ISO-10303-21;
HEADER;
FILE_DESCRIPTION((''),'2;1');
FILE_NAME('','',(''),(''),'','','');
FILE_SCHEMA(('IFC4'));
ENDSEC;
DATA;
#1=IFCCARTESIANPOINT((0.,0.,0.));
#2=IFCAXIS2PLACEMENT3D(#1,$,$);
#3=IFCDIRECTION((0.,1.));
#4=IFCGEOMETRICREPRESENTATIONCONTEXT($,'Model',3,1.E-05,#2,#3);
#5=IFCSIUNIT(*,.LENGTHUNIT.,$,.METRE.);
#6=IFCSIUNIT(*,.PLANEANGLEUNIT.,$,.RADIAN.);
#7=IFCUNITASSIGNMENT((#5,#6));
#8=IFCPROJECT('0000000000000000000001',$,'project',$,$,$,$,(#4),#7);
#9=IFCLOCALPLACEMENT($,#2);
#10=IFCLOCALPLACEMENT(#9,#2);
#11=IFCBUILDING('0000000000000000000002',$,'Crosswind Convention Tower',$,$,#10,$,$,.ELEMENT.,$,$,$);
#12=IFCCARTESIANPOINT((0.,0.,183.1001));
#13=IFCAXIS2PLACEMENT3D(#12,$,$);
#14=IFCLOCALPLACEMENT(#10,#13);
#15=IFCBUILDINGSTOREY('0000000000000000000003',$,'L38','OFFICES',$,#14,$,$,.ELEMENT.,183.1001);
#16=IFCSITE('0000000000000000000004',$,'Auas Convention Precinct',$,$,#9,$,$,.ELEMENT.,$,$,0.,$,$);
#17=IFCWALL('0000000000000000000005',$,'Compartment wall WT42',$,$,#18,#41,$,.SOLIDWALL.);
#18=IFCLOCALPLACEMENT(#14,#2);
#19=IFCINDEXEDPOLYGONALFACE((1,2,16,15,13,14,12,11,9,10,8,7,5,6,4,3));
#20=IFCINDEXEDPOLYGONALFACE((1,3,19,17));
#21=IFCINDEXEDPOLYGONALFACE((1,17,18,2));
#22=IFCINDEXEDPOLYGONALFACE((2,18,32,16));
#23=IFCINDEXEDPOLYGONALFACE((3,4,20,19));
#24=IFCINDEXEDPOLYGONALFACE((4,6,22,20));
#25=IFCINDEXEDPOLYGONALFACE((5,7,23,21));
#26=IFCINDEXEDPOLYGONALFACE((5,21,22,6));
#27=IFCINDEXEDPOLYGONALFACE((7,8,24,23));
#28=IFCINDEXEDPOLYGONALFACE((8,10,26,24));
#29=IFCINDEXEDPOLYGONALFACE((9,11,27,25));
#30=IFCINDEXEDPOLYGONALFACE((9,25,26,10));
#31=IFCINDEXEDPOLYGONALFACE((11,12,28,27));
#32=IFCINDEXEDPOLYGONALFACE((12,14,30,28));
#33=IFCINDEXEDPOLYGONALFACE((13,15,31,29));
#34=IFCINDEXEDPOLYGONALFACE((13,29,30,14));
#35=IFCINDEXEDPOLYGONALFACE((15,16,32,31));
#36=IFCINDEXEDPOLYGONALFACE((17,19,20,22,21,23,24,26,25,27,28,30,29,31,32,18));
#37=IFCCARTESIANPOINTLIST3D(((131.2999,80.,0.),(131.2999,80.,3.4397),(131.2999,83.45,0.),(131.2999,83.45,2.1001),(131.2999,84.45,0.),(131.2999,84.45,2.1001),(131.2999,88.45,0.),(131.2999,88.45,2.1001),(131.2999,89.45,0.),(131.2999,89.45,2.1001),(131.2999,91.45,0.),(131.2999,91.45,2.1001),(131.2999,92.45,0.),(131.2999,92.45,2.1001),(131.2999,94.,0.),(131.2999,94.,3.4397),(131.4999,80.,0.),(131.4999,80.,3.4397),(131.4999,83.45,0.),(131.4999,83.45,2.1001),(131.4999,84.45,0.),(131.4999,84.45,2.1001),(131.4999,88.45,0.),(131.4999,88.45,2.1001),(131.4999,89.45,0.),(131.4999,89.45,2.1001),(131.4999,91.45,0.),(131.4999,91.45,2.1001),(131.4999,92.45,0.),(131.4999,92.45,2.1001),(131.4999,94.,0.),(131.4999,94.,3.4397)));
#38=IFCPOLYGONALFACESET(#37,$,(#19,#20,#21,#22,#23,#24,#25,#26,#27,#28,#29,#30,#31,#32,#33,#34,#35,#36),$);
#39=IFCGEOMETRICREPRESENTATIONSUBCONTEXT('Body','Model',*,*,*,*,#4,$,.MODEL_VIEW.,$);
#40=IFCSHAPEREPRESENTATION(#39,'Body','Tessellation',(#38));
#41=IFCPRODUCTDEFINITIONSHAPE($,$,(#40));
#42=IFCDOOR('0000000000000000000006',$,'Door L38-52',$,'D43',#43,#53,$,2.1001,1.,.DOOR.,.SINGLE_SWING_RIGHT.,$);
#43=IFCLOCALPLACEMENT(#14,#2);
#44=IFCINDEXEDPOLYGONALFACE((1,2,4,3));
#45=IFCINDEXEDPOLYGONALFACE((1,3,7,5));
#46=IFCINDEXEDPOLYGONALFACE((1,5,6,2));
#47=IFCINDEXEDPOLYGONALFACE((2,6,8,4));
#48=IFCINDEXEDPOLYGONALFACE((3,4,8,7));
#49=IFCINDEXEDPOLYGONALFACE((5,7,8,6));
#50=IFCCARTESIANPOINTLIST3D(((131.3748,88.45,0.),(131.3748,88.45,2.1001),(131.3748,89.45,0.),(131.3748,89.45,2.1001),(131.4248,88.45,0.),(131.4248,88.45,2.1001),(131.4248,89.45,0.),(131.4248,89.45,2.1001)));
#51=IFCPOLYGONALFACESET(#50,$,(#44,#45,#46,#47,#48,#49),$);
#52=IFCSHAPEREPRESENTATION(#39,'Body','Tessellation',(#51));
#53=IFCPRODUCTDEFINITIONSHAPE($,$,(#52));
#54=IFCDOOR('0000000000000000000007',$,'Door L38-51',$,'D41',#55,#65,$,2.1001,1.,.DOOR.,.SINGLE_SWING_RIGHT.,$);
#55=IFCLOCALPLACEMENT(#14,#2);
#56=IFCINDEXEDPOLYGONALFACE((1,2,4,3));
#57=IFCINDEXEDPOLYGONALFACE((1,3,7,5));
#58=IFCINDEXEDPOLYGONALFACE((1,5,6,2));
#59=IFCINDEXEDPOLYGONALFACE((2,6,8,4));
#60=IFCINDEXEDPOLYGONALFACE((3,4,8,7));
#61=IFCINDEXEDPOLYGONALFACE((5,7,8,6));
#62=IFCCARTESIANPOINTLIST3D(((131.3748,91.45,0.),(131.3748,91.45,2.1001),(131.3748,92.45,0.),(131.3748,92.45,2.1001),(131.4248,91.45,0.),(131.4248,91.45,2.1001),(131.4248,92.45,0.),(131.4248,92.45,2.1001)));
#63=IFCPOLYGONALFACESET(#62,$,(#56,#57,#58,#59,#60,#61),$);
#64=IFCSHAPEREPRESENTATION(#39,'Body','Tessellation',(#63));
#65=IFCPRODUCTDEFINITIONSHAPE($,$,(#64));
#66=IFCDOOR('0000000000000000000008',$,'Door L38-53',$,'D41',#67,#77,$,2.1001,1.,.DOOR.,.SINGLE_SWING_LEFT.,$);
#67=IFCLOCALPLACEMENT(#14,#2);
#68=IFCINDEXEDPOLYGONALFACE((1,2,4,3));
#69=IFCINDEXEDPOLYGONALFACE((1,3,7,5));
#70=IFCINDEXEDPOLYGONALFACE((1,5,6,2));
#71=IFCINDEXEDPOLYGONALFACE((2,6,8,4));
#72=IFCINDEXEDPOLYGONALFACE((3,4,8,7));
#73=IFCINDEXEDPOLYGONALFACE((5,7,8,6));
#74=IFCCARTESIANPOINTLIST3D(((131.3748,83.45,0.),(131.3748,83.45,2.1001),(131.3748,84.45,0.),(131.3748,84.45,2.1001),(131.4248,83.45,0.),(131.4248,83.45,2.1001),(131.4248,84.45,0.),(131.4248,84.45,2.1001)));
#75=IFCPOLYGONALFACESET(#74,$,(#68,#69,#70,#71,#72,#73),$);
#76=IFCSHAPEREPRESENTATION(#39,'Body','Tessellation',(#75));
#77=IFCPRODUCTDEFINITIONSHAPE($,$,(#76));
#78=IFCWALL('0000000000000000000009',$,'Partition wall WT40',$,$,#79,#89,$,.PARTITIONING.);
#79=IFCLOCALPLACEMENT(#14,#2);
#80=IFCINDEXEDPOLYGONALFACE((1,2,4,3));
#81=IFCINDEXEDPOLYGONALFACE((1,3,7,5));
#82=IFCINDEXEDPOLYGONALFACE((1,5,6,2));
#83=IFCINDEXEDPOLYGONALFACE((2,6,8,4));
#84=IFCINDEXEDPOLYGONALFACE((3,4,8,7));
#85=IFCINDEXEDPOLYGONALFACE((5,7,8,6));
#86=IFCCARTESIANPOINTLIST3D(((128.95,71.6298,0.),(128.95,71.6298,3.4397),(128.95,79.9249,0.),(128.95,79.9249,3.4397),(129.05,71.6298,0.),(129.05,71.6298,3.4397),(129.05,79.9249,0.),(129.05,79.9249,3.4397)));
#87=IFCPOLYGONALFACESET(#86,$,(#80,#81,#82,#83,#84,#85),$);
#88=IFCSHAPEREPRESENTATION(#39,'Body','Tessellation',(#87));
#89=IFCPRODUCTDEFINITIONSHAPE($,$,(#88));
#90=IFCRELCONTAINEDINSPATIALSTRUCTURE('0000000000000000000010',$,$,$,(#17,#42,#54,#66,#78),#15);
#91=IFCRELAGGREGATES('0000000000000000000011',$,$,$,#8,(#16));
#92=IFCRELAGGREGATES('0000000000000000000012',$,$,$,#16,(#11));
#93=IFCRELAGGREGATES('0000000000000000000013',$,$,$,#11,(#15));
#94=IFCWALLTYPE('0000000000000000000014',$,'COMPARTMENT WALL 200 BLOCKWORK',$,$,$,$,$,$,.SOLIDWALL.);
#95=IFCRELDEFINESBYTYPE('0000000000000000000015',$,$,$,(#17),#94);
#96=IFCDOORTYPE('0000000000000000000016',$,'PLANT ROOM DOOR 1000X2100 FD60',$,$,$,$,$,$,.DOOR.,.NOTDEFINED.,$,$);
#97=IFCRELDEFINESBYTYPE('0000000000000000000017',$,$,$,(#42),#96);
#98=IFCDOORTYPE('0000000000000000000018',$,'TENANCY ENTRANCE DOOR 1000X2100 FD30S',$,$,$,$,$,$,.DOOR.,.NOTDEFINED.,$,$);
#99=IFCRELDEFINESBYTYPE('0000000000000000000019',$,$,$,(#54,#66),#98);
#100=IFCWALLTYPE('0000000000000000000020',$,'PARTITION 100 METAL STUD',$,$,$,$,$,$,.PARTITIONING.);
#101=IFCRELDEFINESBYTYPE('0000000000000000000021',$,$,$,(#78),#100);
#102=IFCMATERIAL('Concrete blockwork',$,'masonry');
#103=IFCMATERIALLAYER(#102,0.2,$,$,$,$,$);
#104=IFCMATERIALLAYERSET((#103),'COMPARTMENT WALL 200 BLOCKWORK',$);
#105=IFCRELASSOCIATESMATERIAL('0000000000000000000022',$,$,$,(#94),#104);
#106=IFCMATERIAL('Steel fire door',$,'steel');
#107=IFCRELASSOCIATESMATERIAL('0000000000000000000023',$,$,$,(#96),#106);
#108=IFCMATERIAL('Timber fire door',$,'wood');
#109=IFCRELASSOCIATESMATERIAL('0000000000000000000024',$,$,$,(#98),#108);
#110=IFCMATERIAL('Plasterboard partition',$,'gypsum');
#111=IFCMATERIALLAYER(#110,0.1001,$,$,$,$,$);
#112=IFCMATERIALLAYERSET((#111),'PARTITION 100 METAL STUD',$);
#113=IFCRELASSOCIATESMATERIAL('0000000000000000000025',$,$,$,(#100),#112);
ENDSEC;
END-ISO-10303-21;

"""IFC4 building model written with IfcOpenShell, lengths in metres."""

from ifc_helpers import new_model, si_unit, direction, frame, frame_2d, origin, place, context, subcontext, project, spatial, rectangle, extrude, material, layer, layer_set, type_object, element, fill, save


model = new_model("IFC4")

# Units and contexts
model_context = context("Model", 3, precision=1e-05, world=origin(), true_north=direction((0.0, 1.0)))
body_context = subcontext(model_context, "Body", "Model", "MODEL_VIEW")
ifc_project = project(units=[si_unit("LENGTHUNIT", "METRE"), si_unit("PLANEANGLEUNIT", "RADIAN")], contexts=[model_context])

# Site, building, storey
site_placement = place(None, origin())
site = spatial("IfcSite", under=ifc_project, at=site_placement, Name="Auas Convention Precinct", CompositionType="ELEMENT", RefElevation=0.0)
building_placement = place(site_placement, origin())
building = spatial("IfcBuilding", under=site, at=building_placement, Name="Crosswind Convention Tower", CompositionType="ELEMENT")
storey_placement = place(building_placement, frame((0.0, 0.0, 183.1001)))
storey = spatial("IfcBuildingStorey", under=building, at=storey_placement, Name="L38", Description="OFFICES", CompositionType="ELEMENT", Elevation=183.1001)

# Wall, openings, doors
ifc_material_1 = material(Name="Concrete blockwork", Category="masonry")
ifc_layer_1 = layer(ifc_material_1, 0.2)
ifc_layer_set_1 = layer_set([ifc_layer_1], Name="COMPARTMENT WALL 200 BLOCKWORK")
wall_type_1 = type_object("IfcWallType", Name="COMPARTMENT WALL 200 BLOCKWORK", PredefinedType="SOLIDWALL", material=ifc_layer_set_1)
wall_1_placement = place(storey_placement, frame((131.3999, 80.0, 0.0), z_axis=(0.0, 0.0, 1.0), x_axis=(0.0, 1.0, 0.0)))
wall_1 = element("IfcWall", 1, at=wall_1_placement, inside=storey, type_object=wall_type_1, Name="Compartment wall WT42", PredefinedType="SOLIDWALL", context=body_context, shape_type="SweptSolid", body=[
    extrude(rectangle(XDim=14.0, YDim=0.2, at=frame_2d((7.0, 0.0))), origin(), (0.0, 0.0, 1.0), 3.4397),
])
opening_1_placement = place(wall_1_placement, frame((11.45, 0.0, 0.0)))
opening_1 = element("IfcOpeningElement", 2, at=opening_1_placement, cuts=wall_1, PredefinedType="OPENING", context=body_context, shape_type="SweptSolid", body=[
    extrude(rectangle(XDim=1.0, YDim=2.1001, at=frame_2d((0.5, 1.05))), frame((0.0, 0.1099, 0.0), z_axis=(0.0, -1.0, 0.0), x_axis=(1.0, 0.0, 0.0)), (0.0, 0.0, 1.0), 0.22),
])
opening_2_placement = place(wall_1_placement, frame((8.45, 0.0, 0.0)))
opening_2 = element("IfcOpeningElement", 3, at=opening_2_placement, cuts=wall_1, PredefinedType="OPENING", context=body_context, shape_type="SweptSolid", body=[
    extrude(rectangle(XDim=1.0, YDim=2.1001, at=frame_2d((0.5, 1.05))), frame((0.0, 0.1099, 0.0), z_axis=(0.0, -1.0, 0.0), x_axis=(1.0, 0.0, 0.0)), (0.0, 0.0, 1.0), 0.22),
])
opening_3_placement = place(wall_1_placement, frame((3.45, 0.0, 0.0)))
opening_3 = element("IfcOpeningElement", 4, at=opening_3_placement, cuts=wall_1, PredefinedType="OPENING", context=body_context, shape_type="SweptSolid", body=[
    extrude(rectangle(XDim=1.0, YDim=2.1001, at=frame_2d((0.5, 1.05))), frame((0.0, 0.1099, 0.0), z_axis=(0.0, -1.0, 0.0), x_axis=(1.0, 0.0, 0.0)), (0.0, 0.0, 1.0), 0.22),
])
ifc_material_2 = material(Name="Steel fire door", Category="steel")
door_type_1 = type_object("IfcDoorType", Name="PLANT ROOM DOOR 1000X2100 FD60", OperationType="NOTDEFINED", PredefinedType="DOOR", material=ifc_material_2)
door_1_placement = place(opening_2_placement, frame((1.0, 0.0, 0.0), z_axis=(0.0, 0.0, 1.0), x_axis=(-1.0, 0.0, 0.0)))
door_1 = element("IfcDoor", 5, at=door_1_placement, inside=storey, type_object=door_type_1, Name="Door L38-52", ObjectType="D43", OperationType="SINGLE_SWING_RIGHT", OverallHeight=2.1001, OverallWidth=1.0, PredefinedType="DOOR", context=body_context, shape_type="SweptSolid", body=[
    extrude(rectangle(XDim=1.0, YDim=2.1001, at=frame_2d((0.5, 1.05))), frame((0.0, 0.0249, 0.0), z_axis=(0.0, -1.0, 0.0), x_axis=(1.0, 0.0, 0.0)), (0.0, 0.0, 1.0), 0.05),
])
fill(opening_2, door_1)
ifc_material_3 = material(Name="Timber fire door", Category="wood")
door_type_2 = type_object("IfcDoorType", Name="TENANCY ENTRANCE DOOR 1000X2100 FD30S", OperationType="NOTDEFINED", PredefinedType="DOOR", material=ifc_material_3)
door_2_placement = place(opening_1_placement, frame((1.0, 0.0, 0.0), z_axis=(0.0, 0.0, 1.0), x_axis=(-1.0, 0.0, 0.0)))
door_2 = element("IfcDoor", 6, at=door_2_placement, inside=storey, type_object=door_type_2, Name="Door L38-51", ObjectType="D41", OperationType="SINGLE_SWING_RIGHT", OverallHeight=2.1001, OverallWidth=1.0, PredefinedType="DOOR", context=body_context, shape_type="SweptSolid", body=[
    extrude(rectangle(XDim=1.0, YDim=2.1001, at=frame_2d((0.5, 1.05))), frame((0.0, 0.0249, 0.0), z_axis=(0.0, -1.0, 0.0), x_axis=(1.0, 0.0, 0.0)), (0.0, 0.0, 1.0), 0.05),
])
fill(opening_1, door_2)
door_3_placement = place(opening_3_placement, frame((1.0, 0.0, 0.0), z_axis=(0.0, 0.0, 1.0), x_axis=(-1.0, 0.0, 0.0)))
door_3 = element("IfcDoor", 7, at=door_3_placement, inside=storey, type_object=door_type_2, Name="Door L38-53", ObjectType="D41", OperationType="SINGLE_SWING_LEFT", OverallHeight=2.1001, OverallWidth=1.0, PredefinedType="DOOR", context=body_context, shape_type="SweptSolid", body=[
    extrude(rectangle(XDim=1.0, YDim=2.1001, at=frame_2d((0.5, 1.05))), frame((0.0, 0.0249, 0.0), z_axis=(0.0, -1.0, 0.0), x_axis=(1.0, 0.0, 0.0)), (0.0, 0.0, 1.0), 0.05),
])
fill(opening_3, door_3)

# Wall
ifc_material_4 = material(Name="Plasterboard partition", Category="gypsum")
ifc_layer_2 = layer(ifc_material_4, 0.1001)
ifc_layer_set_2 = layer_set([ifc_layer_2], Name="PARTITION 100 METAL STUD")
wall_type_2 = type_object("IfcWallType", Name="PARTITION 100 METAL STUD", PredefinedType="PARTITIONING", material=ifc_layer_set_2)
wall_2_placement = place(storey_placement, frame((129.0, 71.6299, 0.0), z_axis=(0.0, 0.0, 1.0), x_axis=(0.0, 1.0, 0.0)))
element("IfcWall", 8, at=wall_2_placement, inside=storey, type_object=wall_type_2, Name="Partition wall WT40", PredefinedType="PARTITIONING", context=body_context, shape_type="SweptSolid", body=[
    extrude(rectangle(XDim=8.2952, YDim=0.1001, at=frame_2d((4.1475, 0.0))), origin(), (0.0, 0.0, 1.0), 3.4397),
])

save(model, "model.ifc")
